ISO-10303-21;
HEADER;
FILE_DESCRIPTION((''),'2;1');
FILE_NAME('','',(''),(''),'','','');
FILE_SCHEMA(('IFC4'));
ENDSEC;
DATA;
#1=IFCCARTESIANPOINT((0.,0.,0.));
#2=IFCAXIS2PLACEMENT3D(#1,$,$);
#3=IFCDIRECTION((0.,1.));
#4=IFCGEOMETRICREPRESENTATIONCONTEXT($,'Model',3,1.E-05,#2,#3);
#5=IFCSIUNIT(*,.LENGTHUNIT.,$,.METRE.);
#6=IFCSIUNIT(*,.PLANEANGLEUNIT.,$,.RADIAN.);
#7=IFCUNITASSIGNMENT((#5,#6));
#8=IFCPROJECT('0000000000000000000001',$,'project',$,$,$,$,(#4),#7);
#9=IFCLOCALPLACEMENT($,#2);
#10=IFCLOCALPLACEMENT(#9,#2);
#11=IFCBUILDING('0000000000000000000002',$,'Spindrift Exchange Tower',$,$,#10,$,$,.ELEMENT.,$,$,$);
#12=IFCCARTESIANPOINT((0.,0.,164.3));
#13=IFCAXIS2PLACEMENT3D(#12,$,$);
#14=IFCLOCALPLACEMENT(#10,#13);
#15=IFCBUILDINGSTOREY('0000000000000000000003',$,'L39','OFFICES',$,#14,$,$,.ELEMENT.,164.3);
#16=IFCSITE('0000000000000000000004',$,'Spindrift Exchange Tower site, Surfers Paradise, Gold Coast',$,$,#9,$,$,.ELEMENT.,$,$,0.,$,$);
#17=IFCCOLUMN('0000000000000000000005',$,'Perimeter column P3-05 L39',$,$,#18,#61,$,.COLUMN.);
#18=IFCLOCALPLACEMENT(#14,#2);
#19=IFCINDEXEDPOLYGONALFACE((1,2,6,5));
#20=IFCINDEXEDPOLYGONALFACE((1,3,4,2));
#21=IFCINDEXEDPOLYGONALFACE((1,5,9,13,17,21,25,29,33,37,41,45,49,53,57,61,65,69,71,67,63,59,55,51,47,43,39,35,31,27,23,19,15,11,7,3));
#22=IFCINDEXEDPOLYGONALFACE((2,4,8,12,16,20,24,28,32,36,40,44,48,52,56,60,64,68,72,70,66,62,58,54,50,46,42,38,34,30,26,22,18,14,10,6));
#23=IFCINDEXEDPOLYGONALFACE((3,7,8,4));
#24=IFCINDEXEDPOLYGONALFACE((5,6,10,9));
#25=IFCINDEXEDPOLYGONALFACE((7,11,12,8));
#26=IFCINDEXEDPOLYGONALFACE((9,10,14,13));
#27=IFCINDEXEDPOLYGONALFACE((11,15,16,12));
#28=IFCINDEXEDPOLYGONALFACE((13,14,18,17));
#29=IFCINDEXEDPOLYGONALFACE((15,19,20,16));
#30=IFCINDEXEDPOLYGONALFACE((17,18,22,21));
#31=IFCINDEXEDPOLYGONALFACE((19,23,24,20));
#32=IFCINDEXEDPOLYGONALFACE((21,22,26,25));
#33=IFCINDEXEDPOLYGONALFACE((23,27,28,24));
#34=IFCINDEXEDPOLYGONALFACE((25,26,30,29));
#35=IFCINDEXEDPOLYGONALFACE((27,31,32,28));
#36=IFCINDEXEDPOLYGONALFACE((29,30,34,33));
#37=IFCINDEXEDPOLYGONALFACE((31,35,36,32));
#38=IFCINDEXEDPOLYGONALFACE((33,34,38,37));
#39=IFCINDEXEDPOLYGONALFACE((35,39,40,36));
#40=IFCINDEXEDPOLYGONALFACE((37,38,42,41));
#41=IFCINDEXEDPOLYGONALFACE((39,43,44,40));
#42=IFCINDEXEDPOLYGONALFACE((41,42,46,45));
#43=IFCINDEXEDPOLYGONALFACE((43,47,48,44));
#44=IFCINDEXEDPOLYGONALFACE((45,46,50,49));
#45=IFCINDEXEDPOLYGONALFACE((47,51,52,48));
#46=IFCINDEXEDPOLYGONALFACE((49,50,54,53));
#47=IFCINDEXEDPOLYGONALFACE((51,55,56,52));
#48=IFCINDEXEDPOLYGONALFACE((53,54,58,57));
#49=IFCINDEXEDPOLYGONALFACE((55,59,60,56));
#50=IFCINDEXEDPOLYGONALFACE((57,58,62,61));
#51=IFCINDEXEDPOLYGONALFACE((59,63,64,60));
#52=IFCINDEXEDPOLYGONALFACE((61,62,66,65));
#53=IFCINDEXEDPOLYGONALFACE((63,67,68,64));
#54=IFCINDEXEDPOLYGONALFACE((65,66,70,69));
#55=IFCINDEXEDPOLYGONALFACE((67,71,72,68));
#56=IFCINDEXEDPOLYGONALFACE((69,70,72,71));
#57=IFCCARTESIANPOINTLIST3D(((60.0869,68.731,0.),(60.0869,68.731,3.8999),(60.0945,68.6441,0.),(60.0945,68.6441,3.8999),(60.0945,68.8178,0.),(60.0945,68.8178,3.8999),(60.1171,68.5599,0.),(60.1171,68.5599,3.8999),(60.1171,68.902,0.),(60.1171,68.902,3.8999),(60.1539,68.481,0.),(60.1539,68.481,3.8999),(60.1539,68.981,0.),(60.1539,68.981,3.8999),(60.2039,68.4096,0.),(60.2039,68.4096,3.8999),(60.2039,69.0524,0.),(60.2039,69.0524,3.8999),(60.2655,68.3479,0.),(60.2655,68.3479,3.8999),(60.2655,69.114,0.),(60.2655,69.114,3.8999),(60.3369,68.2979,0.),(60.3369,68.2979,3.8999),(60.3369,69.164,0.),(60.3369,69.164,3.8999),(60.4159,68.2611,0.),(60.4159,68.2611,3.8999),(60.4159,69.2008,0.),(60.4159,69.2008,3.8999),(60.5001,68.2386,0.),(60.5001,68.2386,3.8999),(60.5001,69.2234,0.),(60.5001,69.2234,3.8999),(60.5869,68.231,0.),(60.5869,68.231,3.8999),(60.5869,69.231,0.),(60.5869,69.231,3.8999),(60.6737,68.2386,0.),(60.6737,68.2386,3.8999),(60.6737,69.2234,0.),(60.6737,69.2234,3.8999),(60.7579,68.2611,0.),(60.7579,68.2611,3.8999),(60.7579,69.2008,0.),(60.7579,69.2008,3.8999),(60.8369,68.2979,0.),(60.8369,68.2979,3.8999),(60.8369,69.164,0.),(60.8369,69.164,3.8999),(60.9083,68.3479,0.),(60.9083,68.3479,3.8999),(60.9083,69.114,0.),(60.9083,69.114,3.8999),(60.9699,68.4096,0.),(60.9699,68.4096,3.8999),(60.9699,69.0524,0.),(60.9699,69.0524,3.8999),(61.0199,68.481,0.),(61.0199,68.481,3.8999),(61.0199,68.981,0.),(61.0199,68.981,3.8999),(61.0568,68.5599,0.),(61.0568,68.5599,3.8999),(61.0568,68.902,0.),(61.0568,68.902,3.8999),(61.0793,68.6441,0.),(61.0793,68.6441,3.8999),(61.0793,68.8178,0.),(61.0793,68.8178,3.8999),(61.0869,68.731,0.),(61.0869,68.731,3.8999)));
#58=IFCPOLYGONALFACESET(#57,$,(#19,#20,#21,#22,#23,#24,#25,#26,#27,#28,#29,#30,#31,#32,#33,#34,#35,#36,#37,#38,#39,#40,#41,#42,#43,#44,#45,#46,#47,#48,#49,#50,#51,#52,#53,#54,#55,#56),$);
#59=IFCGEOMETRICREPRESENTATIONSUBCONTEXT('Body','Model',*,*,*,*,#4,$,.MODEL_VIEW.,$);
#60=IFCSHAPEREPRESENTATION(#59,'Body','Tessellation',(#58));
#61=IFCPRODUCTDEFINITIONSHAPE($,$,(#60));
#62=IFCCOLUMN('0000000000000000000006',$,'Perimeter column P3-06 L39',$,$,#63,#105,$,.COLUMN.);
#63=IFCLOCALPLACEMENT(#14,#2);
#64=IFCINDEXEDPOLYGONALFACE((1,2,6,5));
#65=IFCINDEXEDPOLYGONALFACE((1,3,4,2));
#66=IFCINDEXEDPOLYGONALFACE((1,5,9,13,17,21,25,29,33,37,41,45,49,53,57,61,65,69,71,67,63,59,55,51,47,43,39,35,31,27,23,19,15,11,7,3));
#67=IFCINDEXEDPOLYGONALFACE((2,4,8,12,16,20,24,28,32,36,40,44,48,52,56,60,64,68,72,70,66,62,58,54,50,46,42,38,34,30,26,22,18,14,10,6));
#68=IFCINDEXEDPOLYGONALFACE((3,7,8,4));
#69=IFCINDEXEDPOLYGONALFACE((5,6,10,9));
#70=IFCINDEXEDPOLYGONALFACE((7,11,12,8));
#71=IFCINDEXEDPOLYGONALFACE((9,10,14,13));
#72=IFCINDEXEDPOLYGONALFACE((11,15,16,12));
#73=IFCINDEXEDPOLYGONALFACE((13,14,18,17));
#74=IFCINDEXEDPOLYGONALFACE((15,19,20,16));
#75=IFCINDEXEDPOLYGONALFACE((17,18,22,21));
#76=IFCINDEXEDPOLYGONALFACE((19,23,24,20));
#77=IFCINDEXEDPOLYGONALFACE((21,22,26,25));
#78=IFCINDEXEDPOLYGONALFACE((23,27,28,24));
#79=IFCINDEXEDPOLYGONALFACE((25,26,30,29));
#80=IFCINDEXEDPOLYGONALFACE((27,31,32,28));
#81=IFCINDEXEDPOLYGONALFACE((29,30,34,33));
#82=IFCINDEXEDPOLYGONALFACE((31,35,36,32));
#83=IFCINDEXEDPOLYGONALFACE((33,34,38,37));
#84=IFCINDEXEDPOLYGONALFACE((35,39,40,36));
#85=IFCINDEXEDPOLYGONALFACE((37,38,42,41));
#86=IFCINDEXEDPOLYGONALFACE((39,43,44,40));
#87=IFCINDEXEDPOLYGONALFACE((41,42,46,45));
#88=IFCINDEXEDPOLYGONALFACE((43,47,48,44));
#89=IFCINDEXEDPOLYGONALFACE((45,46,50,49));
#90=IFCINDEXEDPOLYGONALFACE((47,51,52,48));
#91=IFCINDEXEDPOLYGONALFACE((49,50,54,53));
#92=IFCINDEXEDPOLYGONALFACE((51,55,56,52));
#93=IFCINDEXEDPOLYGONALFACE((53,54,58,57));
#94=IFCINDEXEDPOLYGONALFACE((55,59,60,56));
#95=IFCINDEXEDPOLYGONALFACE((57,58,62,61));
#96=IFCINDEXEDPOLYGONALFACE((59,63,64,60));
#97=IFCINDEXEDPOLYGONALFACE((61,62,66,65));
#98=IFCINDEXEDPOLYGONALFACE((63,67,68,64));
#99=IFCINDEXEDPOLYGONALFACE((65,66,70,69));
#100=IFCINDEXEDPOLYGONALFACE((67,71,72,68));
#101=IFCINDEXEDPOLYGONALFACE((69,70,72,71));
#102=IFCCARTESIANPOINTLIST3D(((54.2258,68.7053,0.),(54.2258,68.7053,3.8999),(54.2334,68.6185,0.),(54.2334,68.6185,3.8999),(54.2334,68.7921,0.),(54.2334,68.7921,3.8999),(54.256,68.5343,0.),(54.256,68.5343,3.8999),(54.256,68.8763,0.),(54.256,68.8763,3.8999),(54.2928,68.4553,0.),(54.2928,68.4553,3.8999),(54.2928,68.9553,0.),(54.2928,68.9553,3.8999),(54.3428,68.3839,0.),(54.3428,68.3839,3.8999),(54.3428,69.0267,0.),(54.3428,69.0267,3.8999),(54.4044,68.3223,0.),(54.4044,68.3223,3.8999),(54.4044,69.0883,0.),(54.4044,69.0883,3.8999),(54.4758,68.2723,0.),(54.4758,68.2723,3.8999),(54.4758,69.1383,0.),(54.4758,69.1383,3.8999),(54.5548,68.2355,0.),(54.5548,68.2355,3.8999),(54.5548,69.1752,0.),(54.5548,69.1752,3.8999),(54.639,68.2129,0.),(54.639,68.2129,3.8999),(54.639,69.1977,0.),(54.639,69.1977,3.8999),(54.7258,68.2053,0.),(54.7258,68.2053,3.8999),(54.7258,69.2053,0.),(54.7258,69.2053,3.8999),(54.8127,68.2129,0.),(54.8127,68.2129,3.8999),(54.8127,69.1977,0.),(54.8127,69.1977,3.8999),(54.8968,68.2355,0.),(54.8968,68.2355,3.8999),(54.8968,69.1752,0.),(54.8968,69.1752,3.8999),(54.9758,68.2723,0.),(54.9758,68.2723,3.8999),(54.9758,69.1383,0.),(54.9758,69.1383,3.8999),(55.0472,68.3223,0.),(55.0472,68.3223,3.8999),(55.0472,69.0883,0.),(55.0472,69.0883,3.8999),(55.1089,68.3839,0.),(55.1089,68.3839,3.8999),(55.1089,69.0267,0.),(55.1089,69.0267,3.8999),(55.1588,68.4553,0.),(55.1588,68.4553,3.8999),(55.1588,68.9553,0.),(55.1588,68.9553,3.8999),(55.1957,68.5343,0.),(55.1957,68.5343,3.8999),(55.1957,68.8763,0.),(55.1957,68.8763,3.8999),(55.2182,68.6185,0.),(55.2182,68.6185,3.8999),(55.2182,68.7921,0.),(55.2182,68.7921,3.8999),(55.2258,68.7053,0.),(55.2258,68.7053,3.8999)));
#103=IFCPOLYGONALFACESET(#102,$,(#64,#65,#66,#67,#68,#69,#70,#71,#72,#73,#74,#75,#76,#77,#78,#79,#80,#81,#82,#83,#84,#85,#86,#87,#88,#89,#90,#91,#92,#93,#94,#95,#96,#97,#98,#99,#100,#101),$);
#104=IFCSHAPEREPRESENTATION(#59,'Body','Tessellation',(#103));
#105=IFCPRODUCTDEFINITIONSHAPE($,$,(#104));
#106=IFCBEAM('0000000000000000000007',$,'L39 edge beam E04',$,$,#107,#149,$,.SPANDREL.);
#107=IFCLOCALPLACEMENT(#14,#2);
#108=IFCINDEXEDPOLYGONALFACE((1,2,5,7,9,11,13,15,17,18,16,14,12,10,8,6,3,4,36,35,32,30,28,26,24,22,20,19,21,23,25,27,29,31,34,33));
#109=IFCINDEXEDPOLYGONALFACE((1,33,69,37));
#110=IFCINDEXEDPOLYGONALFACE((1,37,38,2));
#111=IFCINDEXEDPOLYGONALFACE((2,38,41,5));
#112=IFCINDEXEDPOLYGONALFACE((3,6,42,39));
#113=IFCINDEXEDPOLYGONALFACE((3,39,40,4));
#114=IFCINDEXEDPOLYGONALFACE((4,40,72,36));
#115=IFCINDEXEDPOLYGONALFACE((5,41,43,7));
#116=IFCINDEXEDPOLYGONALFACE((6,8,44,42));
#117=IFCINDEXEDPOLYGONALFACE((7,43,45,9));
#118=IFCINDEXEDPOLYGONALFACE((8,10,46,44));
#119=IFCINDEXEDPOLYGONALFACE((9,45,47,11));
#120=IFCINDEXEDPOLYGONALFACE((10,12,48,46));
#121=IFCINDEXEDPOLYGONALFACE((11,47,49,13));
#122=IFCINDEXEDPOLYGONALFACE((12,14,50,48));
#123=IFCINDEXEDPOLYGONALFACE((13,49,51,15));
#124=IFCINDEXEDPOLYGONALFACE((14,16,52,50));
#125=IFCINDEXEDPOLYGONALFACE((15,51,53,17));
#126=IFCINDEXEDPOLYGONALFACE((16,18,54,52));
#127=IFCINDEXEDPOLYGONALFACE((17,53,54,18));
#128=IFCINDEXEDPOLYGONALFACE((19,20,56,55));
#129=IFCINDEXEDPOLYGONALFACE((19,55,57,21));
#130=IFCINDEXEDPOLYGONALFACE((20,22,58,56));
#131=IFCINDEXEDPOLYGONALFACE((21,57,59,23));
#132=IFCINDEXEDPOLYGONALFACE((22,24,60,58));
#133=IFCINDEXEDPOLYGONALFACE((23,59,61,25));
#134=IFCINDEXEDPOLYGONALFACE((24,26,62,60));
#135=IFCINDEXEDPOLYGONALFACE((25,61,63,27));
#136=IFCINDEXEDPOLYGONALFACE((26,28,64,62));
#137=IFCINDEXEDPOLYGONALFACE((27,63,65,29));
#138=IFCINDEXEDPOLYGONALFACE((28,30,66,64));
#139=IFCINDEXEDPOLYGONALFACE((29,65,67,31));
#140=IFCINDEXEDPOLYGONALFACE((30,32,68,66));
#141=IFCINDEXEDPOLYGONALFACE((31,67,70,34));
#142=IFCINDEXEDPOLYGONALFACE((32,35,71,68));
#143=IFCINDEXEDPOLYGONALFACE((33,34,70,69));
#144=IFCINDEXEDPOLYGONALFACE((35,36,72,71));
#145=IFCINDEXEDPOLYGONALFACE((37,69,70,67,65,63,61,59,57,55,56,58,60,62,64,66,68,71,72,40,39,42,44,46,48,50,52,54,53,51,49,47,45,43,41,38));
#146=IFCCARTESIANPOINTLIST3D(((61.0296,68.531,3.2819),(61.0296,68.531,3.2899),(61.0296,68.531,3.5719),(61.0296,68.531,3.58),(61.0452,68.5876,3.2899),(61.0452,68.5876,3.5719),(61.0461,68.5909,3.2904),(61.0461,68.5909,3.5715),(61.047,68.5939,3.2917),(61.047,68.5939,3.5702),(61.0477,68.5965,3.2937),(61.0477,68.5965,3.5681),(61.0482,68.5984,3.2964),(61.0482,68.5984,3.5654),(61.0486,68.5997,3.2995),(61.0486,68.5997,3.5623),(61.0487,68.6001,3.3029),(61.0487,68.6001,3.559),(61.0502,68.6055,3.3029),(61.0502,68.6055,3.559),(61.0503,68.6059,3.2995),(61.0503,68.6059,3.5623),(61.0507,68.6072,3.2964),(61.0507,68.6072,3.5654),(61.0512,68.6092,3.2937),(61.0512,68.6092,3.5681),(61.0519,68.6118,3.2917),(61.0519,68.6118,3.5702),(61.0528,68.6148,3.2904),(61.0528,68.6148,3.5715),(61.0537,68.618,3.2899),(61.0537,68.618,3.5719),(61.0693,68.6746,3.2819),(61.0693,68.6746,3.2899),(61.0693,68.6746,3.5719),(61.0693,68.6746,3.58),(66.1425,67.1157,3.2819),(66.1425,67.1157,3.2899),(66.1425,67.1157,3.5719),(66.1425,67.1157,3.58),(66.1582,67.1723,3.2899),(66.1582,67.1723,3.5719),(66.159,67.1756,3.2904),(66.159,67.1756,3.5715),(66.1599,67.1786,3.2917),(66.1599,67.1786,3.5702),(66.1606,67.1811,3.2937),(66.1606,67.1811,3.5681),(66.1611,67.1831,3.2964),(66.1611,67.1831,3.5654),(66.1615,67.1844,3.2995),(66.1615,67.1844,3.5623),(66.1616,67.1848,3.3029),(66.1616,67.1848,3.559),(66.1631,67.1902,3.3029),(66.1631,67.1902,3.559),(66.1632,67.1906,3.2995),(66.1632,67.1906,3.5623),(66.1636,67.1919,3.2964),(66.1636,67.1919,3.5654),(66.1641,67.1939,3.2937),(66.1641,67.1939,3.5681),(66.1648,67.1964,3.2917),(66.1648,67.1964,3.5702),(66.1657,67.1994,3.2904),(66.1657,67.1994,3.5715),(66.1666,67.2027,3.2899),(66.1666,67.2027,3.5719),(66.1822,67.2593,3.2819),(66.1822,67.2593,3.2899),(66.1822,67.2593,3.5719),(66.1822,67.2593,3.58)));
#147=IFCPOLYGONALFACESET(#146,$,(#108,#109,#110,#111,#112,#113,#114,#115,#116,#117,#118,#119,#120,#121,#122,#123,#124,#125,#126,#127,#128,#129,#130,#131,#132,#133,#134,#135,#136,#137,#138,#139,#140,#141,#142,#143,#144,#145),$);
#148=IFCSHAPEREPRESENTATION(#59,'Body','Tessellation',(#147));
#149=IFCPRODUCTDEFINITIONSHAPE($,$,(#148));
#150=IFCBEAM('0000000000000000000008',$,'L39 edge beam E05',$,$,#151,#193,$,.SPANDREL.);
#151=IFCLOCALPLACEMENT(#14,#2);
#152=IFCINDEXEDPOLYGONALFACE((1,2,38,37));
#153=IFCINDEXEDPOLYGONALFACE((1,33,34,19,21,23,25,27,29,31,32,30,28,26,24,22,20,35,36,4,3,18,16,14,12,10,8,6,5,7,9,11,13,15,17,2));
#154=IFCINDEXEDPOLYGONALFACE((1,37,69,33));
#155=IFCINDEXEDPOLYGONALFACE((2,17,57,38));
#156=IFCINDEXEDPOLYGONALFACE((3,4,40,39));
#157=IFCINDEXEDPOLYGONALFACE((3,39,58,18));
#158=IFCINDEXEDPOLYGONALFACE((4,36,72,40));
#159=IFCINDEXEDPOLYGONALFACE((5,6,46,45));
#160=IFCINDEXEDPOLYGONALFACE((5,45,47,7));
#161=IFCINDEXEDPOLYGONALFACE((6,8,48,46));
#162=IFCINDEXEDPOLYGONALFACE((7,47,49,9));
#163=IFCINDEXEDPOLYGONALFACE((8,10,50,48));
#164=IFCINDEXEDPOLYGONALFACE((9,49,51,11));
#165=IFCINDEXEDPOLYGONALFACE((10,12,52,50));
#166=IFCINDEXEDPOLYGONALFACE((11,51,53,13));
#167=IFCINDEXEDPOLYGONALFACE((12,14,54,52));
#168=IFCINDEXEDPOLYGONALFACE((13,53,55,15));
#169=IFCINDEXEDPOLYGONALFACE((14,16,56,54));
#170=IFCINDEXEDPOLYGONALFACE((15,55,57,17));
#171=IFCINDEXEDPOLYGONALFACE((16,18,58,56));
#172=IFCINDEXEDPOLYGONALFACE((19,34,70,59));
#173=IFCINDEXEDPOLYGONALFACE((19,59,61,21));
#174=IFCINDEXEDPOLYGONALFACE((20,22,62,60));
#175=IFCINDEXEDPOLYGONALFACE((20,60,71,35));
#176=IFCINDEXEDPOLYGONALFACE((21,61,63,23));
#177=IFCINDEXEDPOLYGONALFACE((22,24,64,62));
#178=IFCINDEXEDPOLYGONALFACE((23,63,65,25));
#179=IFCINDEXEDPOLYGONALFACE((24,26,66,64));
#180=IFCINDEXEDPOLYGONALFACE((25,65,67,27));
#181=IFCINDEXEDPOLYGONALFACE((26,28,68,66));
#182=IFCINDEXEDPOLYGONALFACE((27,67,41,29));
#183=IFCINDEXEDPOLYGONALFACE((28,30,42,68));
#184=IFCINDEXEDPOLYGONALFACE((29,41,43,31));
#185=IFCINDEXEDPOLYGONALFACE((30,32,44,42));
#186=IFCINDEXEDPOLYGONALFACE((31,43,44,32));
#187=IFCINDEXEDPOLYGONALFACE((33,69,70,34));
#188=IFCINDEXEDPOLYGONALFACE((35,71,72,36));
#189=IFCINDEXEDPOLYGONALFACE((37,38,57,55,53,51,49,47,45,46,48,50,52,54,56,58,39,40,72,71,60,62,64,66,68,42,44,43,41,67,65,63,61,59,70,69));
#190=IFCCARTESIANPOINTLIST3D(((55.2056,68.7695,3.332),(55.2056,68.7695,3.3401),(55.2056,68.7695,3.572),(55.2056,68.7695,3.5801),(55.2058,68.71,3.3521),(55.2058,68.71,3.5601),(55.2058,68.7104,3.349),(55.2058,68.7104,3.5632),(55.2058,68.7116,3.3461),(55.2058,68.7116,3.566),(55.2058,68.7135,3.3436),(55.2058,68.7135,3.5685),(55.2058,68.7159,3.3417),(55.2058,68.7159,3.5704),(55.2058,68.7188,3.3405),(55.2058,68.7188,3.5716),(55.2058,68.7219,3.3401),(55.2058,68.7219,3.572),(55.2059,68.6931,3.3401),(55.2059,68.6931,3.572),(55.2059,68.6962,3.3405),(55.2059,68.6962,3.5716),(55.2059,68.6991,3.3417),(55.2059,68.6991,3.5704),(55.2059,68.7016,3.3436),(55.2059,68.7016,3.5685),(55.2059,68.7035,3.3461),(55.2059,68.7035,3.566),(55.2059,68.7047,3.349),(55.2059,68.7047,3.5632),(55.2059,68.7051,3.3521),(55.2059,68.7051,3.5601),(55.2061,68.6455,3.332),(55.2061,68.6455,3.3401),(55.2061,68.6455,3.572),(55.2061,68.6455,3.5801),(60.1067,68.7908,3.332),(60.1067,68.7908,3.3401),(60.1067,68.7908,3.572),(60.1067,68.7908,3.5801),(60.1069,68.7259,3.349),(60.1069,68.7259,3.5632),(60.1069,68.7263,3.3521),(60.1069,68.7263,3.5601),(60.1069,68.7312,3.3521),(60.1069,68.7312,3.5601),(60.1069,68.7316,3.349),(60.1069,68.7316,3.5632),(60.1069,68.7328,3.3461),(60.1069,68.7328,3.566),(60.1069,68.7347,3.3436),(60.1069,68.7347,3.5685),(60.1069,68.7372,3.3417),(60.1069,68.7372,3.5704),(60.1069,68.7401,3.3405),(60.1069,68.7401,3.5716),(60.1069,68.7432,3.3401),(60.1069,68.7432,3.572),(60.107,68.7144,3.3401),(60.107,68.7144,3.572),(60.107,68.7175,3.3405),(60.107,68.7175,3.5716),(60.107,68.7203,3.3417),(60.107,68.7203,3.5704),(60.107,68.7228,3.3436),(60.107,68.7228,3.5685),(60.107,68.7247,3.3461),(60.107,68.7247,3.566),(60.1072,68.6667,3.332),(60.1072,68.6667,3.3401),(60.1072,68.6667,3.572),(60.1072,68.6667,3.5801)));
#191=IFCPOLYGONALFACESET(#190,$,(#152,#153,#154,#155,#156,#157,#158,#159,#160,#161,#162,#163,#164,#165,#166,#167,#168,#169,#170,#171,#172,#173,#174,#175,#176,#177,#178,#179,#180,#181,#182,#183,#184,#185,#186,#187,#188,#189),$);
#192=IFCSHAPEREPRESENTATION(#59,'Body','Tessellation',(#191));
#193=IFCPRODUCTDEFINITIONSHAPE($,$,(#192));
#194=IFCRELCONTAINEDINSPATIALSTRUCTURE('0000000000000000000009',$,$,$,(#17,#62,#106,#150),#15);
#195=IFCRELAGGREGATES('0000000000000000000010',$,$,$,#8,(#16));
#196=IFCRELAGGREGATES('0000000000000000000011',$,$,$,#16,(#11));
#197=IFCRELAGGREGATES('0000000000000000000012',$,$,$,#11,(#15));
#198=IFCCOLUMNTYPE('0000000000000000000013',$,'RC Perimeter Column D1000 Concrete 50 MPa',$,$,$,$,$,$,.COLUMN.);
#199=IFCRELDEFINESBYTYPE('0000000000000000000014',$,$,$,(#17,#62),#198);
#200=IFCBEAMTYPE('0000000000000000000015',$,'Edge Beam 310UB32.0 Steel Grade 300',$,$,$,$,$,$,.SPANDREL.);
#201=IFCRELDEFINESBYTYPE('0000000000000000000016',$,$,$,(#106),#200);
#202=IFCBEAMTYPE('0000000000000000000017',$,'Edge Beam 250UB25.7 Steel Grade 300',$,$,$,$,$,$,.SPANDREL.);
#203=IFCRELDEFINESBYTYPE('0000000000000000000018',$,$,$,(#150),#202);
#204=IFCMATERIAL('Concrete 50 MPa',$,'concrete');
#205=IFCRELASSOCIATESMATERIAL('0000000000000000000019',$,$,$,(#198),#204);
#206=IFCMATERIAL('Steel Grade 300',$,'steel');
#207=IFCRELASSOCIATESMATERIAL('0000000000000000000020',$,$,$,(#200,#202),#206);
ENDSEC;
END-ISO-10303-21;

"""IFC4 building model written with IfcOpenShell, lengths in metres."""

from ifc_helpers import new_model, si_unit, direction, frame, origin, origin_2d, place, context, subcontext, project, spatial, circle, i_section, extrude, source, transform, mapped, material, material_profile, profile_set, type_object, element, save


model = new_model("IFC4")

# Units and contexts
model_context = context("Model", 3, precision=1e-05, world=origin(), true_north=direction((0.0, 1.0)))
body_context = subcontext(model_context, "Body", "Model", "MODEL_VIEW")
ifc_project = project(units=[si_unit("LENGTHUNIT", "METRE"), si_unit("PLANEANGLEUNIT", "RADIAN")], contexts=[model_context])

# Site, building, storey
site_placement = place(None, origin())
site = spatial("IfcSite", under=ifc_project, at=site_placement, Name="Spindrift Exchange Tower site, Surfers Paradise, Gold Coast", CompositionType="ELEMENT", RefElevation=0.0)
building_placement = place(site_placement, origin())
building = spatial("IfcBuilding", under=site, at=building_placement, Name="Spindrift Exchange Tower", CompositionType="ELEMENT")
storey_placement = place(building_placement, frame((0.0, 0.0, 164.3)))
storey = spatial("IfcBuildingStorey", under=building, at=storey_placement, Name="L39", Description="OFFICES", CompositionType="ELEMENT", Elevation=164.3)

# Columns
ifc_material_1 = material(Name="Concrete 50 MPa", Category="concrete")
ifc_material_profile_1 = material_profile(ifc_material_1, circle(Radius=0.5, at=origin_2d()), Name="RC D1000")
ifc_profile_set_1 = profile_set([ifc_material_profile_1], Name="Concrete 50 MPa")
column_type = type_object("IfcColumnType", Name="RC Perimeter Column D1000 Concrete 50 MPa", PredefinedType="COLUMN", material=ifc_profile_set_1)
shared_shape_1 = source(origin(), body_context, "Body", "SweptSolid", [
    extrude(circle(Radius=0.5, at=origin_2d()), origin(), (0.0, 0.0, 1.0), 3.8999),
])
for number, where, z_axis, x_axis, name in (
    (1, (60.5869, 68.731, 0.0), (0.0, 0.0, 1.0), (1.0, 0.0, 0.0), "Perimeter column P3-05 L39"),
    (2, (54.7258, 68.7053, 0.0), (0.0, 0.0, 1.0), (1.0, 0.0, 0.0), "Perimeter column P3-06 L39"),
):
    element("IfcColumn", number, at=place(storey_placement, frame(where, z_axis=z_axis, x_axis=x_axis)), inside=storey, type_object=column_type, Name=name, PredefinedType="COLUMN", context=body_context, shape_type="MappedRepresentation", body=[
        mapped(shared_shape_1, transform((0.0, 0.0, 0.0), scale=1.0)),
    ])

# Beams
ifc_material_2 = material(Name="Steel Grade 300", Category="steel")
ifc_material_profile_2 = material_profile(ifc_material_2, i_section(OverallWidth=0.1489, OverallDepth=0.2981, WebThickness=0.0056, FlangeThickness=0.0081, FilletRadius=0.0129, at=origin_2d()), Name="310UB32.0")
ifc_profile_set_2 = profile_set([ifc_material_profile_2], Name="Steel Grade 300")
beam_type_1 = type_object("IfcBeamType", Name="Edge Beam 310UB32.0 Steel Grade 300", PredefinedType="SPANDREL", material=ifc_profile_set_2)
shared_shape_2 = source(origin(), body_context, "Body", "SweptSolid", [
    extrude(i_section(OverallWidth=0.1489, OverallDepth=0.2981, WebThickness=0.0056, FlangeThickness=0.0081, FilletRadius=0.0129, at=origin_2d()), origin(), (0.0, 0.0, 1.0), 5.3052),
])
beam_1_placement = place(storey_placement, frame((66.1624, 67.1875, 3.4309), z_axis=(-0.963758, 0.26678, 0.0), x_axis=(-0.26678, -0.963758, 0.0)))
element("IfcBeam", 3, at=beam_1_placement, inside=storey, type_object=beam_type_1, Name="L39 edge beam E04", PredefinedType="SPANDREL", context=body_context, shape_type="MappedRepresentation", body=[
    mapped(shared_shape_2, transform((0.0, 0.0, 0.0), scale=1.0)),
])
ifc_material_profile_3 = material_profile(ifc_material_2, i_section(OverallWidth=0.124, OverallDepth=0.248, WebThickness=0.0049, FlangeThickness=0.0081, FilletRadius=0.012, at=origin_2d()), Name="250UB25.7")
ifc_profile_set_3 = profile_set([ifc_material_profile_3], Name="Steel Grade 300")
beam_type_2 = type_object("IfcBeamType", Name="Edge Beam 250UB25.7 Steel Grade 300", PredefinedType="SPANDREL", material=ifc_profile_set_3)
shared_shape_3 = source(origin(), body_context, "Body", "SweptSolid", [
    extrude(i_section(OverallWidth=0.124, OverallDepth=0.248, WebThickness=0.0049, FlangeThickness=0.0081, FilletRadius=0.012, at=origin_2d()), origin(), (0.0, 0.0, 1.0), 4.9011),
])
beam_2_placement = place(storey_placement, frame((60.1069, 68.7288, 3.4561), z_axis=(-0.999991, -0.004334, 0.0), x_axis=(0.004334, -0.999991, 0.0)))
element("IfcBeam", 4, at=beam_2_placement, inside=storey, type_object=beam_type_2, Name="L39 edge beam E05", PredefinedType="SPANDREL", context=body_context, shape_type="MappedRepresentation", body=[
    mapped(shared_shape_3, transform((0.0, 0.0, 0.0), scale=1.0)),
])

save(model, "model.ifc")
